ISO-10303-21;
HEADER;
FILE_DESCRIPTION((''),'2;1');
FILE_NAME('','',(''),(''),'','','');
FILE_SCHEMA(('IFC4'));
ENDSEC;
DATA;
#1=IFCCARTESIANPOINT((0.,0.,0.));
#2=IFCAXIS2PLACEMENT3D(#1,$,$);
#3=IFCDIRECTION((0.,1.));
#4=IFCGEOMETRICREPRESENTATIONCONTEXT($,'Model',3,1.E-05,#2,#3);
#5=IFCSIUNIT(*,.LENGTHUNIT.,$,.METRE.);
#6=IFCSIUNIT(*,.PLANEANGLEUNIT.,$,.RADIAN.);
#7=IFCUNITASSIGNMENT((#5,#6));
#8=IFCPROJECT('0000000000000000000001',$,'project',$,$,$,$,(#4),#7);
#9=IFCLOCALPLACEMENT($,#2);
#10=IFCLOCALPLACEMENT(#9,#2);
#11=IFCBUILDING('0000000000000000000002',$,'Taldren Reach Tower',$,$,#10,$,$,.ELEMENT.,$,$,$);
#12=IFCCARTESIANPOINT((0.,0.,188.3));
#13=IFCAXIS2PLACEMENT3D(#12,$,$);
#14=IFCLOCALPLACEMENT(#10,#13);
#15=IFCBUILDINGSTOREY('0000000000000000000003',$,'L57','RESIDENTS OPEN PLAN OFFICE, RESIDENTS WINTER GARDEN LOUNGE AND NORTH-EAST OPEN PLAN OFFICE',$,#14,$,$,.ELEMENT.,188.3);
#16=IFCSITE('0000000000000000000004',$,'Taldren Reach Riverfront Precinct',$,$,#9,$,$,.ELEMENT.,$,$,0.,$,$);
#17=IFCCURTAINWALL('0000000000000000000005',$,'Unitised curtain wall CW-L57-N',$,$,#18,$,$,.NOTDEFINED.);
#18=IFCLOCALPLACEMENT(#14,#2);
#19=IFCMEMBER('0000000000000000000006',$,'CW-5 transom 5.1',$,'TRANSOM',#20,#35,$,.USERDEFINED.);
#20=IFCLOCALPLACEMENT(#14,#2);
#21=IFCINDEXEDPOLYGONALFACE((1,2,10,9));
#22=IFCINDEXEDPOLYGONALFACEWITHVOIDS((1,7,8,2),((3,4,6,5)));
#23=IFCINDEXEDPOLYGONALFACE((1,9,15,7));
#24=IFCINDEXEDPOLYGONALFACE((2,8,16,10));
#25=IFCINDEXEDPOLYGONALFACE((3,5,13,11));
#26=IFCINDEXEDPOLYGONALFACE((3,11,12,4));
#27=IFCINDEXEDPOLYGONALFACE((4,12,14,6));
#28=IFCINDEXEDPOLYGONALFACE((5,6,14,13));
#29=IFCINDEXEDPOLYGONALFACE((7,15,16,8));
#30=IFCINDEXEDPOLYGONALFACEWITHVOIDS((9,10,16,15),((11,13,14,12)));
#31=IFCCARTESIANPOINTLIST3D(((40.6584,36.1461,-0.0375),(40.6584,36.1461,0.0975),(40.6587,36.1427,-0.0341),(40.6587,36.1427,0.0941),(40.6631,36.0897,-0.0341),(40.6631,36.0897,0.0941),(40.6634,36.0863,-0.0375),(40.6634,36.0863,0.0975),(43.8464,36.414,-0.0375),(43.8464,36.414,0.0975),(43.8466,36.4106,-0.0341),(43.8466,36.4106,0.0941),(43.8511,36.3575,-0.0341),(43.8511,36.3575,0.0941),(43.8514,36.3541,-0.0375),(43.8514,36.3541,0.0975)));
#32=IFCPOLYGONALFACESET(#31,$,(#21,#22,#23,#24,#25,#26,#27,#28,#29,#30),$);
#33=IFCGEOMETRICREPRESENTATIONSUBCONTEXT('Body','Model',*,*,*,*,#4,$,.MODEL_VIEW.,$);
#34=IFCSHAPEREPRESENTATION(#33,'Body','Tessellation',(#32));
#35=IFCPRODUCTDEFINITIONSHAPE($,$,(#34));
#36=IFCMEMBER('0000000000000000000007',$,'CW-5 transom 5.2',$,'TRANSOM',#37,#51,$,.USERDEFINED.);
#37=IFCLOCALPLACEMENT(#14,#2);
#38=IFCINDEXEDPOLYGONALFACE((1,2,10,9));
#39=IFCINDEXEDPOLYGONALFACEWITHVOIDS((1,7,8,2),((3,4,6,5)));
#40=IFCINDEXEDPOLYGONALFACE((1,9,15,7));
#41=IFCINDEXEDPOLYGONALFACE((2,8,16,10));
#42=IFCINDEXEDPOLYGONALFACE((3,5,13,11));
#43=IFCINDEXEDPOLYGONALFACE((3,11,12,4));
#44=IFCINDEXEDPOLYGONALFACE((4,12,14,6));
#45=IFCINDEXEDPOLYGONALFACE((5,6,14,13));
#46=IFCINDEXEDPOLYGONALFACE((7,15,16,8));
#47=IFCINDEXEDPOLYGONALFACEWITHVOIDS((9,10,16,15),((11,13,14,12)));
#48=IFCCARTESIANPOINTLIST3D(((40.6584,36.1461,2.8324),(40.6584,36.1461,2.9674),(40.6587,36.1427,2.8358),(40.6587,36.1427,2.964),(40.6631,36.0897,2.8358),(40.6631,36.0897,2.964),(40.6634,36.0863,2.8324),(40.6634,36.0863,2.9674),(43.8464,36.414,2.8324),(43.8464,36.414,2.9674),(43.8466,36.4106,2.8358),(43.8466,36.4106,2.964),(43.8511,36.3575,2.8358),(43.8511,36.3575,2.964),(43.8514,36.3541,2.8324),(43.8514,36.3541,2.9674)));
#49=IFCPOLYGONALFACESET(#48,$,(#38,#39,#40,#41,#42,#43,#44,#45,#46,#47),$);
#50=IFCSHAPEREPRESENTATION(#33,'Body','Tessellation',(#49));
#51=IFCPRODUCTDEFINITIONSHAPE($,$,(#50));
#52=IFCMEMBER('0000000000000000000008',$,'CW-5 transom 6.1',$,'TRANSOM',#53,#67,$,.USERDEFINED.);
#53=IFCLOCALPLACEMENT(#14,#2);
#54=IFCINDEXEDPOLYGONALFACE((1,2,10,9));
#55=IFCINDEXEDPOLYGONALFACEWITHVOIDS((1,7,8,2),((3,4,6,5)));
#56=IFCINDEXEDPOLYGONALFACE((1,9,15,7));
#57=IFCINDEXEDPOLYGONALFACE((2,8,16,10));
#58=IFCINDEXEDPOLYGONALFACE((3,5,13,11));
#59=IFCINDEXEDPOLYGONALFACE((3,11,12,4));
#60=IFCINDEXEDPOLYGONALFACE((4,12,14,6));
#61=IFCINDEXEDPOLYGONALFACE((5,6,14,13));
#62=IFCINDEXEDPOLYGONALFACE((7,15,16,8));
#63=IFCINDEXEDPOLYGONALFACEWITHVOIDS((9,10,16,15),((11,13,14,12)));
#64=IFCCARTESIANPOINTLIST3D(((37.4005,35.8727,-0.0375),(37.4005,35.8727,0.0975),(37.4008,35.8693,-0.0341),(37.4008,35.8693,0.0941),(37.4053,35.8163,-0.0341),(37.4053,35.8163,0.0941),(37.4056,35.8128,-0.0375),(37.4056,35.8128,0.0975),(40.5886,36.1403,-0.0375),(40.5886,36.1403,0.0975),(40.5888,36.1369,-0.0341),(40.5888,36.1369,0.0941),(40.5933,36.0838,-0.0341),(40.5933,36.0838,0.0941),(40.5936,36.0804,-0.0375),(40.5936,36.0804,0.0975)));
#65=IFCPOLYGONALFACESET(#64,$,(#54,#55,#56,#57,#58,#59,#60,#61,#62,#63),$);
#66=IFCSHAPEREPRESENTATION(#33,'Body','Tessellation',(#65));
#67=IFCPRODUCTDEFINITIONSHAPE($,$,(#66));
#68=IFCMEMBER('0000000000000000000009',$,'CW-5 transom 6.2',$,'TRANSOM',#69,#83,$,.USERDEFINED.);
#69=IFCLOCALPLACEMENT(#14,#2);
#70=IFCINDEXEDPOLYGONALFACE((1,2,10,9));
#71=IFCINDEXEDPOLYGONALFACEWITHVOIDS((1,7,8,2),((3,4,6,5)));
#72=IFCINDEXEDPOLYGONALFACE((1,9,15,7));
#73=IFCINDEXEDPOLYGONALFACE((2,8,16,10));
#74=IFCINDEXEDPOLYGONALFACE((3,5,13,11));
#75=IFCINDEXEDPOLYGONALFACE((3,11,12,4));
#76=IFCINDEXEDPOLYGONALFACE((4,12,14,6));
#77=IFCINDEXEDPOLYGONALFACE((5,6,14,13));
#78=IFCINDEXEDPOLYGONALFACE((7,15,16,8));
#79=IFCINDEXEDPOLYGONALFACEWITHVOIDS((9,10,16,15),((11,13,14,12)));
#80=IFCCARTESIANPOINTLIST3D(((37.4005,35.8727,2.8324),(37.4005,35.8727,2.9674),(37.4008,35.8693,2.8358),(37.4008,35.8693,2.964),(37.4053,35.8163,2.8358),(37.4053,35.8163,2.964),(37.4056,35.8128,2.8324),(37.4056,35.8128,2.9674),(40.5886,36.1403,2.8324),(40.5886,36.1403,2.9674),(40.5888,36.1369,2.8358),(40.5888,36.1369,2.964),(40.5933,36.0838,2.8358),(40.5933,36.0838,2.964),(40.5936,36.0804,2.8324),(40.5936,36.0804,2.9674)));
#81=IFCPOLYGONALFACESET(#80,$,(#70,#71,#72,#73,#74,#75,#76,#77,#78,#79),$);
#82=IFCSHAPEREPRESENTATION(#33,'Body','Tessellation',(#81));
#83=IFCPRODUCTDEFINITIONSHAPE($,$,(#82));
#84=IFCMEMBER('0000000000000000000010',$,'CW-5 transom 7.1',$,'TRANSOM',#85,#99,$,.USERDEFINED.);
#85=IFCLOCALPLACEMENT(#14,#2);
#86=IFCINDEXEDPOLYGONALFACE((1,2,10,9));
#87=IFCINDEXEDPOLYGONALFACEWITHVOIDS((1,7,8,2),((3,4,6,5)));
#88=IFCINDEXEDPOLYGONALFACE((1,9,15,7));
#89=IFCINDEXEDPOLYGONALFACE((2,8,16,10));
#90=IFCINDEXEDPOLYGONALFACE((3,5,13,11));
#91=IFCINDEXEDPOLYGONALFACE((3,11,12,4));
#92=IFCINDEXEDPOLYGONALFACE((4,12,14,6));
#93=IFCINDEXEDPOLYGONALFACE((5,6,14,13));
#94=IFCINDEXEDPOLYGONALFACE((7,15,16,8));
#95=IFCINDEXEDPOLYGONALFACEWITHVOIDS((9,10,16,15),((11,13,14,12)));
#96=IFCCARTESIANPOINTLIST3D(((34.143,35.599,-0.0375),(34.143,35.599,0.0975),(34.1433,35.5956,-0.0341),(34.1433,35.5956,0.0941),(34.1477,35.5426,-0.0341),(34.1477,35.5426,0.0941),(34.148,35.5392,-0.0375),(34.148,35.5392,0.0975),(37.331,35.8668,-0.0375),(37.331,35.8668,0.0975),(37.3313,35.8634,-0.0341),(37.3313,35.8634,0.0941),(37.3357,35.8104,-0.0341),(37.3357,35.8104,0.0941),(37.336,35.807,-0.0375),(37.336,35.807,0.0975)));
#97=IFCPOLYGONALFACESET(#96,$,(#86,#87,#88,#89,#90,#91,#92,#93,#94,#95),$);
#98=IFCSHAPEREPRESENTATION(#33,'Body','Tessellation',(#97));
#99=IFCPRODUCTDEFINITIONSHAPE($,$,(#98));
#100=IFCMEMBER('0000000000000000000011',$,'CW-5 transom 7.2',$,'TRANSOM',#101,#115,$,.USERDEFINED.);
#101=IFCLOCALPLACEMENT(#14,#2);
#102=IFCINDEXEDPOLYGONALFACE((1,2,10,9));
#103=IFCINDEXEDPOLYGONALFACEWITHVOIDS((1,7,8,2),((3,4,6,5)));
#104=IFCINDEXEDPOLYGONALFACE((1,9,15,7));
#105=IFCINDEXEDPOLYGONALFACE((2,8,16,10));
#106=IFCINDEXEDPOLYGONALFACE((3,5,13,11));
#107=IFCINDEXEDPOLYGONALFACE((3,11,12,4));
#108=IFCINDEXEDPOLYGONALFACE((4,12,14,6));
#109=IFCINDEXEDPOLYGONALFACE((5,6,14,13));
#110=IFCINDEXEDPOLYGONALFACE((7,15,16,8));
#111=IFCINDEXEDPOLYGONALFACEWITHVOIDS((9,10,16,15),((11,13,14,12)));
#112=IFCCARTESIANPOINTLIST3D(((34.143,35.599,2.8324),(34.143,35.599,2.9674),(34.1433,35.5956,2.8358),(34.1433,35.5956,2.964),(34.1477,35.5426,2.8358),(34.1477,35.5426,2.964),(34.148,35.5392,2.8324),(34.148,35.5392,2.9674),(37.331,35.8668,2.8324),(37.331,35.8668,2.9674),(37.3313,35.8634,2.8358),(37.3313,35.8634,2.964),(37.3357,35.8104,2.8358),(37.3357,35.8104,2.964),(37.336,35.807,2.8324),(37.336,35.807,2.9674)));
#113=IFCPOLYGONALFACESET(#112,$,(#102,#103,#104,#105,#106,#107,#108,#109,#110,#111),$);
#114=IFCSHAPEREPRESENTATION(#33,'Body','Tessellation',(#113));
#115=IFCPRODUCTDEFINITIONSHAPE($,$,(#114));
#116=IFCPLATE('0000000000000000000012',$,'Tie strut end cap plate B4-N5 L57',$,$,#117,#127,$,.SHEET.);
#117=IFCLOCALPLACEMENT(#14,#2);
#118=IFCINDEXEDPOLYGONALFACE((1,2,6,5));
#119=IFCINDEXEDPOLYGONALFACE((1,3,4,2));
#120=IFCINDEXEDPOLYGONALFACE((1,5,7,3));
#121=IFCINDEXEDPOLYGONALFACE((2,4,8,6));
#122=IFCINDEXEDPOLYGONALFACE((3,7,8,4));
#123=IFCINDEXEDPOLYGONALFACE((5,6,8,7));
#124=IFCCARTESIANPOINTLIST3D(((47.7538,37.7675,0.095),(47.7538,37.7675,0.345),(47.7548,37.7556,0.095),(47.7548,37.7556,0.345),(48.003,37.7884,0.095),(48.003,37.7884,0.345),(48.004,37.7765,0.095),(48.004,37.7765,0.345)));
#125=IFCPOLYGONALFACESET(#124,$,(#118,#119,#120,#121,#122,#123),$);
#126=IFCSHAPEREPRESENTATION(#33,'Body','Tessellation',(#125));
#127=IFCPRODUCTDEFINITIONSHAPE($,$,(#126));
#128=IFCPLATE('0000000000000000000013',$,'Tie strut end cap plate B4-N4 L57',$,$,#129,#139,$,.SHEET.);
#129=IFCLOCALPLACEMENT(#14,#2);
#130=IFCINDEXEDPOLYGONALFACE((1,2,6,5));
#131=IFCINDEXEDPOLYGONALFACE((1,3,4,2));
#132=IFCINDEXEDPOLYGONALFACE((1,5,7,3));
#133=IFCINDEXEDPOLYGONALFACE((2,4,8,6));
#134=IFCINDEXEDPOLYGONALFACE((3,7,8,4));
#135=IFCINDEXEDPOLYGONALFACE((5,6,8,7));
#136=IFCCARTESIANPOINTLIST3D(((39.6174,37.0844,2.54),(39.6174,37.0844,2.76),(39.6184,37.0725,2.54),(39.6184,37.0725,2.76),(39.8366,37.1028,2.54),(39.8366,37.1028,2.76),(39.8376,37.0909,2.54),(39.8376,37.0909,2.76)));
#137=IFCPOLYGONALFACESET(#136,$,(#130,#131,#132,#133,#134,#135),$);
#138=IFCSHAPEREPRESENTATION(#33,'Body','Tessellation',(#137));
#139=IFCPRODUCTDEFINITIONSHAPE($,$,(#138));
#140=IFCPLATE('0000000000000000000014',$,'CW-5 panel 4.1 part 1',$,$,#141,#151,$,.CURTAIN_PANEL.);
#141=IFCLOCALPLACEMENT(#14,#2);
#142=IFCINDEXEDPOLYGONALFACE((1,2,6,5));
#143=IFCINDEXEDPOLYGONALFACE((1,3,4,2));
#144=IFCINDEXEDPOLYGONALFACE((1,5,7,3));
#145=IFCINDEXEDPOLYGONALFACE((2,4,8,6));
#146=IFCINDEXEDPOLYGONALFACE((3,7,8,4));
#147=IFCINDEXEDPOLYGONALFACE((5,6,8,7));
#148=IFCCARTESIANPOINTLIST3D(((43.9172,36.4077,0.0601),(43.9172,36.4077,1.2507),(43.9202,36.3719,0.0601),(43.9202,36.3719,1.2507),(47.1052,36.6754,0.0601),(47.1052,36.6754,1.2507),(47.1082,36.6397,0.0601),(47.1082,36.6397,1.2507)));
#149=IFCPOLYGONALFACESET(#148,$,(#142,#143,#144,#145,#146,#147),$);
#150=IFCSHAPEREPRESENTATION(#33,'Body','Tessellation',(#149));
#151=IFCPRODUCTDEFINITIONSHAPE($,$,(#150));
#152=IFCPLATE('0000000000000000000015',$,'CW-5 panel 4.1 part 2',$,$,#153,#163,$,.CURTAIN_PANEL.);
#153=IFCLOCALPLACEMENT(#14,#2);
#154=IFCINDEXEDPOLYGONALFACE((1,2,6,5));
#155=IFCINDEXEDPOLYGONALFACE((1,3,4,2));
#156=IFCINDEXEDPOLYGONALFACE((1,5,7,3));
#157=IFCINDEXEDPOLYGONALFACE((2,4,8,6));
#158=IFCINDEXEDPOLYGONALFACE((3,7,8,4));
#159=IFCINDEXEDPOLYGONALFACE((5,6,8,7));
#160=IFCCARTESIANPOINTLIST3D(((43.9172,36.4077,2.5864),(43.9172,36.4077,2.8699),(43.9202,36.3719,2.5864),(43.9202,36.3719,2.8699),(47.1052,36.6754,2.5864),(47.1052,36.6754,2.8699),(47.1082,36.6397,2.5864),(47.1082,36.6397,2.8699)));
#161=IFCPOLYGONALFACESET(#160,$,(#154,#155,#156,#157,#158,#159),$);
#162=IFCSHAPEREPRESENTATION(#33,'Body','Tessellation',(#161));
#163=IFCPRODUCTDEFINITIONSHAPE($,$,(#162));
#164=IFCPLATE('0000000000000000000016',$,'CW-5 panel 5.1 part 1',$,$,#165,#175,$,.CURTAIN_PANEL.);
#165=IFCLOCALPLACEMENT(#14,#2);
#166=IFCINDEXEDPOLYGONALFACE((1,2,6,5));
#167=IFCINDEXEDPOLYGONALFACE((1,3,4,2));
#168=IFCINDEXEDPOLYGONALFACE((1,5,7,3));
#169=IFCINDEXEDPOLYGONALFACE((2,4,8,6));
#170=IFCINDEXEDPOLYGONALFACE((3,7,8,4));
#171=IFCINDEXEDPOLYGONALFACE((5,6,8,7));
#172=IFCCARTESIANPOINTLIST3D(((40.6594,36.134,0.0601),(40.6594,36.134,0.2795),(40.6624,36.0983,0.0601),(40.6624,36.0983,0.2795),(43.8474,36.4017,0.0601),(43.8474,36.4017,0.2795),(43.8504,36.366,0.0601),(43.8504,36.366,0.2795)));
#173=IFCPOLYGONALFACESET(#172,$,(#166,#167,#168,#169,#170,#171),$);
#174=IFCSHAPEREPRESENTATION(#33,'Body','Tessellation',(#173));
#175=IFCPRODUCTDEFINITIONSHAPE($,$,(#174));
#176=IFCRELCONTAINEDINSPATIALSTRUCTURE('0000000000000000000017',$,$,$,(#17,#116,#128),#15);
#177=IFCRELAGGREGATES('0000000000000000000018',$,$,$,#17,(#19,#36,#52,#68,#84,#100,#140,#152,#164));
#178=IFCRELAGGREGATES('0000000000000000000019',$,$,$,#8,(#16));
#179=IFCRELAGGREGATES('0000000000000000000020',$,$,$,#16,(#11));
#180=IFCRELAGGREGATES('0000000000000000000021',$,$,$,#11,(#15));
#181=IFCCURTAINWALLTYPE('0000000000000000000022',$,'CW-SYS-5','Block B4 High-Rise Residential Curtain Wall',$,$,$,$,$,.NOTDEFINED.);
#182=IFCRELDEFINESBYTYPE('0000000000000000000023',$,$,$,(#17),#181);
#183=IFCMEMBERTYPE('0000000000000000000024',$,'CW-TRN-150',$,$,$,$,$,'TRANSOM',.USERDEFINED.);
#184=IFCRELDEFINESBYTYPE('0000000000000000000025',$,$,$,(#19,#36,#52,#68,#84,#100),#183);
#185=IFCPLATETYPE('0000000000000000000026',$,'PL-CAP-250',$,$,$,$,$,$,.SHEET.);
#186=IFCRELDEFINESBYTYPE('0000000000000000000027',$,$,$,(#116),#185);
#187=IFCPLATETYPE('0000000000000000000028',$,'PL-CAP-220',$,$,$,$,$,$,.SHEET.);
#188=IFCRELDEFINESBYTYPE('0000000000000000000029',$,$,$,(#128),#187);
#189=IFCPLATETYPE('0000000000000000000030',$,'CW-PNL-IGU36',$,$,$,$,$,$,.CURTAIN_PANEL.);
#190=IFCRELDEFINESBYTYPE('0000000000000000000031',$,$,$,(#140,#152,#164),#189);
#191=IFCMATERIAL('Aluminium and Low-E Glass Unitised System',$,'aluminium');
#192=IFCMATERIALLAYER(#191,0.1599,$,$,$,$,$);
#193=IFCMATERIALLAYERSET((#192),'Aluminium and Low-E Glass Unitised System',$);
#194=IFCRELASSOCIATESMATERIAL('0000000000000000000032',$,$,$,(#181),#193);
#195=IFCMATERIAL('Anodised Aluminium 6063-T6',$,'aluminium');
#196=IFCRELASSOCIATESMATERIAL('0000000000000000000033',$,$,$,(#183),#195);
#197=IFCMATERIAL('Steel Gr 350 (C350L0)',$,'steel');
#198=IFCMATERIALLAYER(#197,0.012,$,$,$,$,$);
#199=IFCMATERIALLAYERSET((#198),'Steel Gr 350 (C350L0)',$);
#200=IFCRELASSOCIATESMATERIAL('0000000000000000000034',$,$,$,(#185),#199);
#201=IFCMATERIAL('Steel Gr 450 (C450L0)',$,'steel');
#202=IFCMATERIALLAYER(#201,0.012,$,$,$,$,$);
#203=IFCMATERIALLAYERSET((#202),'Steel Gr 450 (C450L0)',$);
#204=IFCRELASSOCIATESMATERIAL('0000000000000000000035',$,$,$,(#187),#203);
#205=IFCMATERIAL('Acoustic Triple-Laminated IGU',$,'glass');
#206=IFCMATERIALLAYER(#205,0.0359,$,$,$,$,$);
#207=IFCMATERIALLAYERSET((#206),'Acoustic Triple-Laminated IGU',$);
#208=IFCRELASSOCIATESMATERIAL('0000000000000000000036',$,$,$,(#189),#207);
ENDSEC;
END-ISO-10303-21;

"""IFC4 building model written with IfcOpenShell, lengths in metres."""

from ifc_helpers import new_model, si_unit, direction, frame, origin, origin_2d, place, context, subcontext, project, spatial, rectangle, hollow_rectangle, extrude, source, transform, mapped, material, layer, layer_set, material_profile, profile_set, type_object, element, aggregate, save


model = new_model("IFC4")

# Units and contexts
model_context = context("Model", 3, precision=1e-05, world=origin(), true_north=direction((0.0, 1.0)))
body_context = subcontext(model_context, "Body", "Model", "MODEL_VIEW")
ifc_project = project(units=[si_unit("LENGTHUNIT", "METRE"), si_unit("PLANEANGLEUNIT", "RADIAN")], contexts=[model_context])

# Site, building, storey
site_placement = place(None, origin())
site = spatial("IfcSite", under=ifc_project, at=site_placement, Name="Taldren Reach Riverfront Precinct", CompositionType="ELEMENT", RefElevation=0.0)
building_placement = place(site_placement, origin())
building = spatial("IfcBuilding", under=site, at=building_placement, Name="Taldren Reach Tower", CompositionType="ELEMENT")
storey_placement = place(building_placement, frame((0.0, 0.0, 188.3)))
storey = spatial("IfcBuildingStorey", under=building, at=storey_placement, Name="L57", Description="RESIDENTS OPEN PLAN OFFICE, RESIDENTS WINTER GARDEN LOUNGE AND NORTH-EAST OPEN PLAN OFFICE", CompositionType="ELEMENT", Elevation=188.3)

# Shared definitions
ifc_material_1 = material(Name="Steel Gr 350 (C350L0)", Category="steel")

# Shared definitions
ifc_material_2 = material(Name="Steel Gr 450 (C450L0)", Category="steel")

# Curtain wall, members
ifc_material_3 = material(Name="Aluminium and Low-E Glass Unitised System", Category="aluminium")
ifc_layer_1 = layer(ifc_material_3, 0.1599)
ifc_layer_set_1 = layer_set([ifc_layer_1], Name="Aluminium and Low-E Glass Unitised System")
curtain_wall_type = type_object("IfcCurtainWallType", Name="CW-SYS-5", Description="Block B4 High-Rise Residential Curtain Wall", PredefinedType="NOTDEFINED", material=ifc_layer_set_1)
curtain_wall_placement = place(storey_placement, origin())
curtain_wall = element("IfcCurtainWall", 1, at=curtain_wall_placement, inside=storey, type_object=curtain_wall_type, Name="Unitised curtain wall CW-L57-N", PredefinedType="NOTDEFINED")
ifc_material_4 = material(Name="Anodised Aluminium 6063-T6", Category="aluminium")
ifc_material_profile_1 = material_profile(ifc_material_4, hollow_rectangle(XDim=0.0601, YDim=0.135, WallThickness=0.0034, at=origin_2d()), Name="ALU-135x60x3.5RHS")
ifc_profile_set_1 = profile_set([ifc_material_profile_1], Name="Anodised Aluminium 6063-T6")
member_type_1 = type_object("IfcMemberType", Name="CW-TRN-150", ElementType="TRANSOM", PredefinedType="USERDEFINED", material=ifc_profile_set_1)
shared_shape_1 = source(origin(), body_context, "Body", "SweptSolid", [
    extrude(hollow_rectangle(XDim=0.0601, YDim=0.135, WallThickness=0.0034, at=origin_2d()), origin(), (0.0, 0.0, 1.0), 3.1992),
])
member_1_placement = place(storey_placement, frame((43.8489, 36.384, 0.03), z_axis=(-0.99649, -0.083715, 0.0), x_axis=(0.083715, -0.99649, 0.0)))
member_1 = element("IfcMember", 2, at=member_1_placement, type_object=member_type_1, Name="CW-5 transom 5.1", ObjectType="TRANSOM", PredefinedType="USERDEFINED", context=body_context, shape_type="MappedRepresentation", body=[
    mapped(shared_shape_1, transform((0.0, 0.0, 0.0), scale=1.0)),
])
member_2_placement = place(storey_placement, frame((43.8489, 36.384, 2.8999), z_axis=(-0.99649, -0.083715, 0.0), x_axis=(0.083715, -0.99649, 0.0)))
member_2 = element("IfcMember", 3, at=member_2_placement, type_object=member_type_1, Name="CW-5 transom 5.2", ObjectType="TRANSOM", PredefinedType="USERDEFINED", context=body_context, shape_type="MappedRepresentation", body=[
    mapped(shared_shape_1, transform((0.0, 0.0, 0.0), scale=1.0)),
])
member_3_placement = place(storey_placement, frame((40.5911, 36.1104, 0.03), z_axis=(-0.996496, -0.083639, 0.0), x_axis=(0.083639, -0.996496, 0.0)))
member_3 = element("IfcMember", 4, at=member_3_placement, type_object=member_type_1, Name="CW-5 transom 6.1", ObjectType="TRANSOM", PredefinedType="USERDEFINED", context=body_context, shape_type="MappedRepresentation", body=[
    mapped(shared_shape_1, transform((0.0, 0.0, 0.0), scale=1.0)),
])
member_4_placement = place(storey_placement, frame((40.5911, 36.1104, 2.8999), z_axis=(-0.996496, -0.083639, 0.0), x_axis=(0.083639, -0.996496, 0.0)))
member_4 = element("IfcMember", 5, at=member_4_placement, type_object=member_type_1, Name="CW-5 transom 6.2", ObjectType="TRANSOM", PredefinedType="USERDEFINED", context=body_context, shape_type="MappedRepresentation", body=[
    mapped(shared_shape_1, transform((0.0, 0.0, 0.0), scale=1.0)),
])
member_5_placement = place(storey_placement, frame((37.3335, 35.8369, 0.03), z_axis=(-0.99649, -0.083715, 0.0), x_axis=(0.083715, -0.99649, 0.0)))
member_5 = element("IfcMember", 6, at=member_5_placement, type_object=member_type_1, Name="CW-5 transom 7.1", ObjectType="TRANSOM", PredefinedType="USERDEFINED", context=body_context, shape_type="MappedRepresentation", body=[
    mapped(shared_shape_1, transform((0.0, 0.0, 0.0), scale=1.0)),
])
member_6_placement = place(storey_placement, frame((37.3335, 35.8369, 2.8999), z_axis=(-0.99649, -0.083715, 0.0), x_axis=(0.083715, -0.99649, 0.0)))
member_6 = element("IfcMember", 7, at=member_6_placement, type_object=member_type_1, Name="CW-5 transom 7.2", ObjectType="TRANSOM", PredefinedType="USERDEFINED", context=body_context, shape_type="MappedRepresentation", body=[
    mapped(shared_shape_1, transform((0.0, 0.0, 0.0), scale=1.0)),
])

# Plates
ifc_layer_2 = layer(ifc_material_1, 0.012)
ifc_layer_set_2 = layer_set([ifc_layer_2], Name="Steel Gr 350 (C350L0)")
plate_type_1 = type_object("IfcPlateType", Name="PL-CAP-250", PredefinedType="SHEET", material=ifc_layer_set_2)
shared_shape_2 = source(origin(), body_context, "Body", "SweptSolid", [
    extrude(rectangle(XDim=0.25, YDim=0.012, at=origin_2d()), origin(), (0.0, 0.0, 1.0), 0.25),
])
plate_1_placement = place(storey_placement, frame((47.8789, 37.772, 0.095), z_axis=(0.0, 0.0, 1.0), x_axis=(0.996493, 0.083678, 0.0)))
element("IfcPlate", 8, at=plate_1_placement, inside=storey, type_object=plate_type_1, Name="Tie strut end cap plate B4-N5 L57", PredefinedType="SHEET", context=body_context, shape_type="MappedRepresentation", body=[
    mapped(shared_shape_2, transform((0.0, 0.0, 0.0), scale=1.0)),
])
ifc_layer_3 = layer(ifc_material_2, 0.012)
ifc_layer_set_3 = layer_set([ifc_layer_3], Name="Steel Gr 450 (C450L0)")
plate_type_2 = type_object("IfcPlateType", Name="PL-CAP-220", PredefinedType="SHEET", material=ifc_layer_set_3)
shared_shape_3 = source(origin(), body_context, "Body", "SweptSolid", [
    extrude(rectangle(XDim=0.22, YDim=0.012, at=origin_2d()), origin(), (0.0, 0.0, 1.0), 0.22),
])
plate_2_placement = place(storey_placement, frame((39.7275, 37.0876, 2.54), z_axis=(0.0, 0.0, 1.0), x_axis=(0.996493, 0.083678, 0.0)))
element("IfcPlate", 9, at=plate_2_placement, inside=storey, type_object=plate_type_2, Name="Tie strut end cap plate B4-N4 L57", PredefinedType="SHEET", context=body_context, shape_type="MappedRepresentation", body=[
    mapped(shared_shape_3, transform((0.0, 0.0, 0.0), scale=1.0)),
])

# Plates
ifc_material_5 = material(Name="Acoustic Triple-Laminated IGU", Category="glass")
ifc_layer_4 = layer(ifc_material_5, 0.0359)
ifc_layer_set_4 = layer_set([ifc_layer_4], Name="Acoustic Triple-Laminated IGU")
plate_type_3 = type_object("IfcPlateType", Name="CW-PNL-IGU36", PredefinedType="CURTAIN_PANEL", material=ifc_layer_set_4)
shared_shape_4 = source(origin(), body_context, "Body", "SweptSolid", [
    extrude(rectangle(XDim=3.1992, YDim=0.0359, at=origin_2d()), origin(), (0.0, 0.0, 1.0), 1.1907),
])
plate_3_placement = place(storey_placement, frame((45.5127, 36.5237, 0.0601), z_axis=(0.0, 0.0, 1.0), x_axis=(-0.996493, -0.083678, 0.0)))
plate_3 = element("IfcPlate", 10, at=plate_3_placement, type_object=plate_type_3, Name="CW-5 panel 4.1 part 1", PredefinedType="CURTAIN_PANEL", context=body_context, shape_type="MappedRepresentation", body=[
    mapped(shared_shape_4, transform((0.0, 0.0, 0.0), scale=1.0)),
])
shared_shape_5 = source(origin(), body_context, "Body", "SweptSolid", [
    extrude(rectangle(XDim=3.1992, YDim=0.0359, at=origin_2d()), origin(), (0.0, 0.0, 1.0), 0.2834),
])
plate_4_placement = place(storey_placement, frame((45.5127, 36.5237, 2.5864), z_axis=(0.0, 0.0, 1.0), x_axis=(-0.996493, -0.083678, 0.0)))
plate_4 = element("IfcPlate", 11, at=plate_4_placement, type_object=plate_type_3, Name="CW-5 panel 4.1 part 2", PredefinedType="CURTAIN_PANEL", context=body_context, shape_type="MappedRepresentation", body=[
    mapped(shared_shape_5, transform((0.0, 0.0, 0.0), scale=1.0)),
])
shared_shape_6 = source(origin(), body_context, "Body", "SweptSolid", [
    extrude(rectangle(XDim=3.1992, YDim=0.0359, at=origin_2d()), origin(), (0.0, 0.0, 1.0), 0.2195),
])
plate_5_placement = place(storey_placement, frame((42.2549, 36.25, 0.0601), z_axis=(0.0, 0.0, 1.0), x_axis=(-0.996493, -0.083678, 0.0)))
plate_5 = element("IfcPlate", 12, at=plate_5_placement, type_object=plate_type_3, Name="CW-5 panel 5.1 part 1", PredefinedType="CURTAIN_PANEL", context=body_context, shape_type="MappedRepresentation", body=[
    mapped(shared_shape_6, transform((0.0, 0.0, 0.0), scale=1.0)),
])
aggregate(curtain_wall, [member_1, member_2, member_3, member_4, member_5, member_6, plate_3, plate_4, plate_5])

save(model, "model.ifc")
